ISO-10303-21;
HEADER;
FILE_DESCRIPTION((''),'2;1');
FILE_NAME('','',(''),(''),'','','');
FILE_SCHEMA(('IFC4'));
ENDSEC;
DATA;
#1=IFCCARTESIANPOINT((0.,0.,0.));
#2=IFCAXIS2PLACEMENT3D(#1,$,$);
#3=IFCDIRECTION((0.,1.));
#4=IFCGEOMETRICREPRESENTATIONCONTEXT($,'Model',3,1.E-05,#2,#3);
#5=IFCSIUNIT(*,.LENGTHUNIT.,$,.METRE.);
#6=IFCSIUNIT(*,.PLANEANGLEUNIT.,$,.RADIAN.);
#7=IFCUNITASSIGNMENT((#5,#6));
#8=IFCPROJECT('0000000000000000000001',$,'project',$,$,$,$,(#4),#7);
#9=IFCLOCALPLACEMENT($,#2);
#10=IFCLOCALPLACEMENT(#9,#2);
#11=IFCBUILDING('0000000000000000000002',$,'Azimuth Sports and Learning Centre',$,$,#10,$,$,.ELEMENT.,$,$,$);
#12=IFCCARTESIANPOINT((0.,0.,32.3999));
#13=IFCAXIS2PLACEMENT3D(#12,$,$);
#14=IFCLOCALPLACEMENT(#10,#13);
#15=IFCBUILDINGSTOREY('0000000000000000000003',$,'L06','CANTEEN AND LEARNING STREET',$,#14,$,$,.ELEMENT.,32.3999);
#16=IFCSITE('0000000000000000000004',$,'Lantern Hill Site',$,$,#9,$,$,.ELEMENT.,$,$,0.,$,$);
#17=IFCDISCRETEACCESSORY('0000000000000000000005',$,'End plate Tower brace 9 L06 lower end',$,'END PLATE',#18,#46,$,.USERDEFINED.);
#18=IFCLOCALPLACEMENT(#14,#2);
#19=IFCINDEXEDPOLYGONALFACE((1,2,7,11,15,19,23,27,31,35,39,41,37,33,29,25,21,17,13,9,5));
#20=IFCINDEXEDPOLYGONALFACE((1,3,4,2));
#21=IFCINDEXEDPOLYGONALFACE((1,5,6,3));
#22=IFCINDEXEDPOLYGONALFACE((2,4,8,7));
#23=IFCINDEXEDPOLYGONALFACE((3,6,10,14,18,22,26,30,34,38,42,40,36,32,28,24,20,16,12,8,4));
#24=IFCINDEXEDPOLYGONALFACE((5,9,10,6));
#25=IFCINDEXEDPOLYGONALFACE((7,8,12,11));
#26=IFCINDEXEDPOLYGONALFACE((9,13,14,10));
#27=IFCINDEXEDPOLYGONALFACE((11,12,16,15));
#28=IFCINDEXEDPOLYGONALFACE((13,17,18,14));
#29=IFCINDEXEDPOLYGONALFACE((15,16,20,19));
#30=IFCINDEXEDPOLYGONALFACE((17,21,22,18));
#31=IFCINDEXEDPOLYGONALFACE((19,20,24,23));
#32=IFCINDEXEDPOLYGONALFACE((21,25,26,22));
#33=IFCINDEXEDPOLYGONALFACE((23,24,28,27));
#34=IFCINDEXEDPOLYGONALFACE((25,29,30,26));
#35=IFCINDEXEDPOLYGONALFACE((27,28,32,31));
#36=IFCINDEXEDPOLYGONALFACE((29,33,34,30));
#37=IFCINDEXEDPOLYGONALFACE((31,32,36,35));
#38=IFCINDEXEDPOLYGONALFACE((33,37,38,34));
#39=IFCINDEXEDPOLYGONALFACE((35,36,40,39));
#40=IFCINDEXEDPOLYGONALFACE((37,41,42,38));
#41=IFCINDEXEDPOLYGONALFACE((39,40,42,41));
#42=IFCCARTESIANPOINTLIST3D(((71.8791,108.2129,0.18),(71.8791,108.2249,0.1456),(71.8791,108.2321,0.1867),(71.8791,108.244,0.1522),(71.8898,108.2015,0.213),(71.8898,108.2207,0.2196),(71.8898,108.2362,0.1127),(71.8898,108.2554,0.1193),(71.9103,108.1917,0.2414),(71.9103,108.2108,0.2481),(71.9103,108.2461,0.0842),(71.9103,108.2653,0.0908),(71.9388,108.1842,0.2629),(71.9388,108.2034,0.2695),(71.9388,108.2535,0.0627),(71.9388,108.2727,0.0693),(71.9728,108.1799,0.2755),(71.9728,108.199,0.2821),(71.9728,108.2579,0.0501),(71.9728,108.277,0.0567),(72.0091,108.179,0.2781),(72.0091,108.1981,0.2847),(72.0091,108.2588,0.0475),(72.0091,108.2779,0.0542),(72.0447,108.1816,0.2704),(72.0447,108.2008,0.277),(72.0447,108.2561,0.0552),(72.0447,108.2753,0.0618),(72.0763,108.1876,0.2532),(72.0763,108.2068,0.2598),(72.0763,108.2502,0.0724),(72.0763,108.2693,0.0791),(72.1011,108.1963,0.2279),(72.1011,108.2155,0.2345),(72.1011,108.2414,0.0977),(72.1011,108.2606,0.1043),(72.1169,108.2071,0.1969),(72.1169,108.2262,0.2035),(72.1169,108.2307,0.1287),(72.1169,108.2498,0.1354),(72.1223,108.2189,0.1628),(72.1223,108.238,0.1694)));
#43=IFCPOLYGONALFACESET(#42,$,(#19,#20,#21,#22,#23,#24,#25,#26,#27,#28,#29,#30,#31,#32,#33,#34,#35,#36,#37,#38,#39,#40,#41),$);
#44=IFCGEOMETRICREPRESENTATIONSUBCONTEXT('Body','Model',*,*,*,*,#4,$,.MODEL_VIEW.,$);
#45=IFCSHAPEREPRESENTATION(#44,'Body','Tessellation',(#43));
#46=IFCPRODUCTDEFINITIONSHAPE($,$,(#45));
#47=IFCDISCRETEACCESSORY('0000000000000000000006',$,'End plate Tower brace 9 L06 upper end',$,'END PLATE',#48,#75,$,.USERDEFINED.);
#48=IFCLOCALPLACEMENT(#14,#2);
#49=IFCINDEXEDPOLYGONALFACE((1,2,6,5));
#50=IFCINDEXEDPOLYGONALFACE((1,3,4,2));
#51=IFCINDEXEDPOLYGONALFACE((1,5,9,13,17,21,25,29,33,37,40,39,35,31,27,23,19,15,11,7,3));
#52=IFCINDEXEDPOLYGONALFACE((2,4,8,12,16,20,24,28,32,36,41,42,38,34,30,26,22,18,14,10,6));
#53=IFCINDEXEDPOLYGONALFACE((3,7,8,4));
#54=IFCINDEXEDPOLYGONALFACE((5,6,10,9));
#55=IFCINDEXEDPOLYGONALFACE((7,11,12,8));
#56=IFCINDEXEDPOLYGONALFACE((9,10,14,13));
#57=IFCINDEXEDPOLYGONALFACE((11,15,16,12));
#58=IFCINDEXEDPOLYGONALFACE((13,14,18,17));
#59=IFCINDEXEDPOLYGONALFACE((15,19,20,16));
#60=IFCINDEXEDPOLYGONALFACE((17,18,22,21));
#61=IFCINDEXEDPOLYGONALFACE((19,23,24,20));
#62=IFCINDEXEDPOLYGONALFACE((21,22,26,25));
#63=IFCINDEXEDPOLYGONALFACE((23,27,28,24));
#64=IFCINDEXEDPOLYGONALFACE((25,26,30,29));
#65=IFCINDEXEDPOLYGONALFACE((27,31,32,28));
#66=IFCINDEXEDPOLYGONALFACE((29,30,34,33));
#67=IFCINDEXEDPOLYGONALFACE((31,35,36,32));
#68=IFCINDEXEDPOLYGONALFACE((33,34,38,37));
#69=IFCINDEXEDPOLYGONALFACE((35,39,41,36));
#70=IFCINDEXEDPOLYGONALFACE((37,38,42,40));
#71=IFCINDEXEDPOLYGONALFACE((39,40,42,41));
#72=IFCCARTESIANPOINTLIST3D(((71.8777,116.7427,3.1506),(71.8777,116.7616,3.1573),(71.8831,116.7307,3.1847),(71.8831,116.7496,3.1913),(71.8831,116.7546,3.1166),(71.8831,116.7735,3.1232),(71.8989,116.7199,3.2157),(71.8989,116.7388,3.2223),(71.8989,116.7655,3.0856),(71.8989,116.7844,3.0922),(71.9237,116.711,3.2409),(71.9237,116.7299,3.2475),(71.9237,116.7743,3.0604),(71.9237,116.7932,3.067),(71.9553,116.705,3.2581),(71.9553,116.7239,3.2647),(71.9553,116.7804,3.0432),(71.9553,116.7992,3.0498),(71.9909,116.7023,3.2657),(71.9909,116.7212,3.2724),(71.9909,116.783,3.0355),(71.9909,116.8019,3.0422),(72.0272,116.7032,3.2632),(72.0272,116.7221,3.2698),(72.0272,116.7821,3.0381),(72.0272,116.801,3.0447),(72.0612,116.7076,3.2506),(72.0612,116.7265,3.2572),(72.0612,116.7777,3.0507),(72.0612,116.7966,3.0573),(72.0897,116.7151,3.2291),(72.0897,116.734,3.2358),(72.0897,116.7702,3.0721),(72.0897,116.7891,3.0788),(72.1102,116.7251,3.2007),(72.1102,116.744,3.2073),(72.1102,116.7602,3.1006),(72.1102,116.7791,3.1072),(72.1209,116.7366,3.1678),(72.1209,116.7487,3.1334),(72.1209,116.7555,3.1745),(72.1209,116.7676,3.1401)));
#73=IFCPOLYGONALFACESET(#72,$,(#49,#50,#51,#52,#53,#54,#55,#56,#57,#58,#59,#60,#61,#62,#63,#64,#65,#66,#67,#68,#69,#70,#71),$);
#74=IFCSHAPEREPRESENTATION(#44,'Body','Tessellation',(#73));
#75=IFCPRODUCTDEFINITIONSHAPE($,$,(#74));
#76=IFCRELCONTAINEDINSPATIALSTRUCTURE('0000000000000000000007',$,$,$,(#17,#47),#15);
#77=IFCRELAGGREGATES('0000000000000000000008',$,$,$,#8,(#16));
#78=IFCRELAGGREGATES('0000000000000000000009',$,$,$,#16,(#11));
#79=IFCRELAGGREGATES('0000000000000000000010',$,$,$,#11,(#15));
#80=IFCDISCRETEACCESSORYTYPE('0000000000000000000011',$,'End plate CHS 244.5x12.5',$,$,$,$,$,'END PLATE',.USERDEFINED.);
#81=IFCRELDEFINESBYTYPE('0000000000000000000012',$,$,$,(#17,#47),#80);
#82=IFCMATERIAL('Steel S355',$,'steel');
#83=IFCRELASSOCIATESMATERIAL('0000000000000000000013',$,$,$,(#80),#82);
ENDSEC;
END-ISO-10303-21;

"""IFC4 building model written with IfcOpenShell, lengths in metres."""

from ifc_helpers import new_model, si_unit, direction, frame, origin, origin_2d, place, context, subcontext, project, spatial, circle, extrude, material, material_profile, profile_set, type_object, element, save


model = new_model("IFC4")

# Units and contexts
model_context = context("Model", 3, precision=1e-05, world=origin(), true_north=direction((0.0, 1.0)))
body_context = subcontext(model_context, "Body", "Model", "MODEL_VIEW")
ifc_project = project(units=[si_unit("LENGTHUNIT", "METRE"), si_unit("PLANEANGLEUNIT", "RADIAN")], contexts=[model_context])

# Site, building, storey
site_placement = place(None, origin())
site = spatial("IfcSite", under=ifc_project, at=site_placement, Name="Lantern Hill Site", CompositionType="ELEMENT", RefElevation=0.0)
building_placement = place(site_placement, origin())
building = spatial("IfcBuilding", under=site, at=building_placement, Name="Azimuth Sports and Learning Centre", CompositionType="ELEMENT")
storey_placement = place(building_placement, frame((0.0, 0.0, 32.3999)))
storey = spatial("IfcBuildingStorey", under=building, at=storey_placement, Name="L06", Description="CANTEEN AND LEARNING STREET", CompositionType="ELEMENT", Elevation=32.3999)

# Discrete accessories
ifc_material_1 = material(Name="Steel S355", Category="steel")
ifc_material_profile_1 = material_profile(ifc_material_1, circle(Radius=0.1223, at=origin_2d()), Name="PL 244 DISC")
ifc_profile_set_1 = profile_set([ifc_material_profile_1], Name="Steel S355")
discrete_accessory_type = type_object("IfcDiscreteAccessoryType", Name="End plate CHS 244.5x12.5", ElementType="END PLATE", PredefinedType="USERDEFINED", material=ifc_profile_set_1)
discrete_accessory_1_placement = place(storey_placement, frame((72.0, 108.238, 0.1694), z_axis=(0.0, -0.944986, -0.327111), x_axis=(1.0, 0.0, 0.0)))
element("IfcDiscreteAccessory", 1, at=discrete_accessory_1_placement, inside=storey, type_object=discrete_accessory_type, Name="End plate Tower brace 9 L06 lower end", ObjectType="END PLATE", PredefinedType="USERDEFINED", context=body_context, shape_type="SweptSolid", body=[
    extrude(circle(Radius=0.1223, at=origin_2d()), origin(), (0.0, 0.0, 1.0), 0.0203),
])
discrete_accessory_2_placement = place(storey_placement, frame((72.0, 116.7427, 3.1506), z_axis=(0.0, 0.943667, 0.330896), x_axis=(-1.0, 0.0, 0.0)))
element("IfcDiscreteAccessory", 2, at=discrete_accessory_2_placement, inside=storey, type_object=discrete_accessory_type, Name="End plate Tower brace 9 L06 upper end", ObjectType="END PLATE", PredefinedType="USERDEFINED", context=body_context, shape_type="SweptSolid", body=[
    extrude(circle(Radius=0.1223, at=origin_2d()), origin(), (0.0, 0.0, 1.0), 0.02),
])

save(model, "model.ifc")
